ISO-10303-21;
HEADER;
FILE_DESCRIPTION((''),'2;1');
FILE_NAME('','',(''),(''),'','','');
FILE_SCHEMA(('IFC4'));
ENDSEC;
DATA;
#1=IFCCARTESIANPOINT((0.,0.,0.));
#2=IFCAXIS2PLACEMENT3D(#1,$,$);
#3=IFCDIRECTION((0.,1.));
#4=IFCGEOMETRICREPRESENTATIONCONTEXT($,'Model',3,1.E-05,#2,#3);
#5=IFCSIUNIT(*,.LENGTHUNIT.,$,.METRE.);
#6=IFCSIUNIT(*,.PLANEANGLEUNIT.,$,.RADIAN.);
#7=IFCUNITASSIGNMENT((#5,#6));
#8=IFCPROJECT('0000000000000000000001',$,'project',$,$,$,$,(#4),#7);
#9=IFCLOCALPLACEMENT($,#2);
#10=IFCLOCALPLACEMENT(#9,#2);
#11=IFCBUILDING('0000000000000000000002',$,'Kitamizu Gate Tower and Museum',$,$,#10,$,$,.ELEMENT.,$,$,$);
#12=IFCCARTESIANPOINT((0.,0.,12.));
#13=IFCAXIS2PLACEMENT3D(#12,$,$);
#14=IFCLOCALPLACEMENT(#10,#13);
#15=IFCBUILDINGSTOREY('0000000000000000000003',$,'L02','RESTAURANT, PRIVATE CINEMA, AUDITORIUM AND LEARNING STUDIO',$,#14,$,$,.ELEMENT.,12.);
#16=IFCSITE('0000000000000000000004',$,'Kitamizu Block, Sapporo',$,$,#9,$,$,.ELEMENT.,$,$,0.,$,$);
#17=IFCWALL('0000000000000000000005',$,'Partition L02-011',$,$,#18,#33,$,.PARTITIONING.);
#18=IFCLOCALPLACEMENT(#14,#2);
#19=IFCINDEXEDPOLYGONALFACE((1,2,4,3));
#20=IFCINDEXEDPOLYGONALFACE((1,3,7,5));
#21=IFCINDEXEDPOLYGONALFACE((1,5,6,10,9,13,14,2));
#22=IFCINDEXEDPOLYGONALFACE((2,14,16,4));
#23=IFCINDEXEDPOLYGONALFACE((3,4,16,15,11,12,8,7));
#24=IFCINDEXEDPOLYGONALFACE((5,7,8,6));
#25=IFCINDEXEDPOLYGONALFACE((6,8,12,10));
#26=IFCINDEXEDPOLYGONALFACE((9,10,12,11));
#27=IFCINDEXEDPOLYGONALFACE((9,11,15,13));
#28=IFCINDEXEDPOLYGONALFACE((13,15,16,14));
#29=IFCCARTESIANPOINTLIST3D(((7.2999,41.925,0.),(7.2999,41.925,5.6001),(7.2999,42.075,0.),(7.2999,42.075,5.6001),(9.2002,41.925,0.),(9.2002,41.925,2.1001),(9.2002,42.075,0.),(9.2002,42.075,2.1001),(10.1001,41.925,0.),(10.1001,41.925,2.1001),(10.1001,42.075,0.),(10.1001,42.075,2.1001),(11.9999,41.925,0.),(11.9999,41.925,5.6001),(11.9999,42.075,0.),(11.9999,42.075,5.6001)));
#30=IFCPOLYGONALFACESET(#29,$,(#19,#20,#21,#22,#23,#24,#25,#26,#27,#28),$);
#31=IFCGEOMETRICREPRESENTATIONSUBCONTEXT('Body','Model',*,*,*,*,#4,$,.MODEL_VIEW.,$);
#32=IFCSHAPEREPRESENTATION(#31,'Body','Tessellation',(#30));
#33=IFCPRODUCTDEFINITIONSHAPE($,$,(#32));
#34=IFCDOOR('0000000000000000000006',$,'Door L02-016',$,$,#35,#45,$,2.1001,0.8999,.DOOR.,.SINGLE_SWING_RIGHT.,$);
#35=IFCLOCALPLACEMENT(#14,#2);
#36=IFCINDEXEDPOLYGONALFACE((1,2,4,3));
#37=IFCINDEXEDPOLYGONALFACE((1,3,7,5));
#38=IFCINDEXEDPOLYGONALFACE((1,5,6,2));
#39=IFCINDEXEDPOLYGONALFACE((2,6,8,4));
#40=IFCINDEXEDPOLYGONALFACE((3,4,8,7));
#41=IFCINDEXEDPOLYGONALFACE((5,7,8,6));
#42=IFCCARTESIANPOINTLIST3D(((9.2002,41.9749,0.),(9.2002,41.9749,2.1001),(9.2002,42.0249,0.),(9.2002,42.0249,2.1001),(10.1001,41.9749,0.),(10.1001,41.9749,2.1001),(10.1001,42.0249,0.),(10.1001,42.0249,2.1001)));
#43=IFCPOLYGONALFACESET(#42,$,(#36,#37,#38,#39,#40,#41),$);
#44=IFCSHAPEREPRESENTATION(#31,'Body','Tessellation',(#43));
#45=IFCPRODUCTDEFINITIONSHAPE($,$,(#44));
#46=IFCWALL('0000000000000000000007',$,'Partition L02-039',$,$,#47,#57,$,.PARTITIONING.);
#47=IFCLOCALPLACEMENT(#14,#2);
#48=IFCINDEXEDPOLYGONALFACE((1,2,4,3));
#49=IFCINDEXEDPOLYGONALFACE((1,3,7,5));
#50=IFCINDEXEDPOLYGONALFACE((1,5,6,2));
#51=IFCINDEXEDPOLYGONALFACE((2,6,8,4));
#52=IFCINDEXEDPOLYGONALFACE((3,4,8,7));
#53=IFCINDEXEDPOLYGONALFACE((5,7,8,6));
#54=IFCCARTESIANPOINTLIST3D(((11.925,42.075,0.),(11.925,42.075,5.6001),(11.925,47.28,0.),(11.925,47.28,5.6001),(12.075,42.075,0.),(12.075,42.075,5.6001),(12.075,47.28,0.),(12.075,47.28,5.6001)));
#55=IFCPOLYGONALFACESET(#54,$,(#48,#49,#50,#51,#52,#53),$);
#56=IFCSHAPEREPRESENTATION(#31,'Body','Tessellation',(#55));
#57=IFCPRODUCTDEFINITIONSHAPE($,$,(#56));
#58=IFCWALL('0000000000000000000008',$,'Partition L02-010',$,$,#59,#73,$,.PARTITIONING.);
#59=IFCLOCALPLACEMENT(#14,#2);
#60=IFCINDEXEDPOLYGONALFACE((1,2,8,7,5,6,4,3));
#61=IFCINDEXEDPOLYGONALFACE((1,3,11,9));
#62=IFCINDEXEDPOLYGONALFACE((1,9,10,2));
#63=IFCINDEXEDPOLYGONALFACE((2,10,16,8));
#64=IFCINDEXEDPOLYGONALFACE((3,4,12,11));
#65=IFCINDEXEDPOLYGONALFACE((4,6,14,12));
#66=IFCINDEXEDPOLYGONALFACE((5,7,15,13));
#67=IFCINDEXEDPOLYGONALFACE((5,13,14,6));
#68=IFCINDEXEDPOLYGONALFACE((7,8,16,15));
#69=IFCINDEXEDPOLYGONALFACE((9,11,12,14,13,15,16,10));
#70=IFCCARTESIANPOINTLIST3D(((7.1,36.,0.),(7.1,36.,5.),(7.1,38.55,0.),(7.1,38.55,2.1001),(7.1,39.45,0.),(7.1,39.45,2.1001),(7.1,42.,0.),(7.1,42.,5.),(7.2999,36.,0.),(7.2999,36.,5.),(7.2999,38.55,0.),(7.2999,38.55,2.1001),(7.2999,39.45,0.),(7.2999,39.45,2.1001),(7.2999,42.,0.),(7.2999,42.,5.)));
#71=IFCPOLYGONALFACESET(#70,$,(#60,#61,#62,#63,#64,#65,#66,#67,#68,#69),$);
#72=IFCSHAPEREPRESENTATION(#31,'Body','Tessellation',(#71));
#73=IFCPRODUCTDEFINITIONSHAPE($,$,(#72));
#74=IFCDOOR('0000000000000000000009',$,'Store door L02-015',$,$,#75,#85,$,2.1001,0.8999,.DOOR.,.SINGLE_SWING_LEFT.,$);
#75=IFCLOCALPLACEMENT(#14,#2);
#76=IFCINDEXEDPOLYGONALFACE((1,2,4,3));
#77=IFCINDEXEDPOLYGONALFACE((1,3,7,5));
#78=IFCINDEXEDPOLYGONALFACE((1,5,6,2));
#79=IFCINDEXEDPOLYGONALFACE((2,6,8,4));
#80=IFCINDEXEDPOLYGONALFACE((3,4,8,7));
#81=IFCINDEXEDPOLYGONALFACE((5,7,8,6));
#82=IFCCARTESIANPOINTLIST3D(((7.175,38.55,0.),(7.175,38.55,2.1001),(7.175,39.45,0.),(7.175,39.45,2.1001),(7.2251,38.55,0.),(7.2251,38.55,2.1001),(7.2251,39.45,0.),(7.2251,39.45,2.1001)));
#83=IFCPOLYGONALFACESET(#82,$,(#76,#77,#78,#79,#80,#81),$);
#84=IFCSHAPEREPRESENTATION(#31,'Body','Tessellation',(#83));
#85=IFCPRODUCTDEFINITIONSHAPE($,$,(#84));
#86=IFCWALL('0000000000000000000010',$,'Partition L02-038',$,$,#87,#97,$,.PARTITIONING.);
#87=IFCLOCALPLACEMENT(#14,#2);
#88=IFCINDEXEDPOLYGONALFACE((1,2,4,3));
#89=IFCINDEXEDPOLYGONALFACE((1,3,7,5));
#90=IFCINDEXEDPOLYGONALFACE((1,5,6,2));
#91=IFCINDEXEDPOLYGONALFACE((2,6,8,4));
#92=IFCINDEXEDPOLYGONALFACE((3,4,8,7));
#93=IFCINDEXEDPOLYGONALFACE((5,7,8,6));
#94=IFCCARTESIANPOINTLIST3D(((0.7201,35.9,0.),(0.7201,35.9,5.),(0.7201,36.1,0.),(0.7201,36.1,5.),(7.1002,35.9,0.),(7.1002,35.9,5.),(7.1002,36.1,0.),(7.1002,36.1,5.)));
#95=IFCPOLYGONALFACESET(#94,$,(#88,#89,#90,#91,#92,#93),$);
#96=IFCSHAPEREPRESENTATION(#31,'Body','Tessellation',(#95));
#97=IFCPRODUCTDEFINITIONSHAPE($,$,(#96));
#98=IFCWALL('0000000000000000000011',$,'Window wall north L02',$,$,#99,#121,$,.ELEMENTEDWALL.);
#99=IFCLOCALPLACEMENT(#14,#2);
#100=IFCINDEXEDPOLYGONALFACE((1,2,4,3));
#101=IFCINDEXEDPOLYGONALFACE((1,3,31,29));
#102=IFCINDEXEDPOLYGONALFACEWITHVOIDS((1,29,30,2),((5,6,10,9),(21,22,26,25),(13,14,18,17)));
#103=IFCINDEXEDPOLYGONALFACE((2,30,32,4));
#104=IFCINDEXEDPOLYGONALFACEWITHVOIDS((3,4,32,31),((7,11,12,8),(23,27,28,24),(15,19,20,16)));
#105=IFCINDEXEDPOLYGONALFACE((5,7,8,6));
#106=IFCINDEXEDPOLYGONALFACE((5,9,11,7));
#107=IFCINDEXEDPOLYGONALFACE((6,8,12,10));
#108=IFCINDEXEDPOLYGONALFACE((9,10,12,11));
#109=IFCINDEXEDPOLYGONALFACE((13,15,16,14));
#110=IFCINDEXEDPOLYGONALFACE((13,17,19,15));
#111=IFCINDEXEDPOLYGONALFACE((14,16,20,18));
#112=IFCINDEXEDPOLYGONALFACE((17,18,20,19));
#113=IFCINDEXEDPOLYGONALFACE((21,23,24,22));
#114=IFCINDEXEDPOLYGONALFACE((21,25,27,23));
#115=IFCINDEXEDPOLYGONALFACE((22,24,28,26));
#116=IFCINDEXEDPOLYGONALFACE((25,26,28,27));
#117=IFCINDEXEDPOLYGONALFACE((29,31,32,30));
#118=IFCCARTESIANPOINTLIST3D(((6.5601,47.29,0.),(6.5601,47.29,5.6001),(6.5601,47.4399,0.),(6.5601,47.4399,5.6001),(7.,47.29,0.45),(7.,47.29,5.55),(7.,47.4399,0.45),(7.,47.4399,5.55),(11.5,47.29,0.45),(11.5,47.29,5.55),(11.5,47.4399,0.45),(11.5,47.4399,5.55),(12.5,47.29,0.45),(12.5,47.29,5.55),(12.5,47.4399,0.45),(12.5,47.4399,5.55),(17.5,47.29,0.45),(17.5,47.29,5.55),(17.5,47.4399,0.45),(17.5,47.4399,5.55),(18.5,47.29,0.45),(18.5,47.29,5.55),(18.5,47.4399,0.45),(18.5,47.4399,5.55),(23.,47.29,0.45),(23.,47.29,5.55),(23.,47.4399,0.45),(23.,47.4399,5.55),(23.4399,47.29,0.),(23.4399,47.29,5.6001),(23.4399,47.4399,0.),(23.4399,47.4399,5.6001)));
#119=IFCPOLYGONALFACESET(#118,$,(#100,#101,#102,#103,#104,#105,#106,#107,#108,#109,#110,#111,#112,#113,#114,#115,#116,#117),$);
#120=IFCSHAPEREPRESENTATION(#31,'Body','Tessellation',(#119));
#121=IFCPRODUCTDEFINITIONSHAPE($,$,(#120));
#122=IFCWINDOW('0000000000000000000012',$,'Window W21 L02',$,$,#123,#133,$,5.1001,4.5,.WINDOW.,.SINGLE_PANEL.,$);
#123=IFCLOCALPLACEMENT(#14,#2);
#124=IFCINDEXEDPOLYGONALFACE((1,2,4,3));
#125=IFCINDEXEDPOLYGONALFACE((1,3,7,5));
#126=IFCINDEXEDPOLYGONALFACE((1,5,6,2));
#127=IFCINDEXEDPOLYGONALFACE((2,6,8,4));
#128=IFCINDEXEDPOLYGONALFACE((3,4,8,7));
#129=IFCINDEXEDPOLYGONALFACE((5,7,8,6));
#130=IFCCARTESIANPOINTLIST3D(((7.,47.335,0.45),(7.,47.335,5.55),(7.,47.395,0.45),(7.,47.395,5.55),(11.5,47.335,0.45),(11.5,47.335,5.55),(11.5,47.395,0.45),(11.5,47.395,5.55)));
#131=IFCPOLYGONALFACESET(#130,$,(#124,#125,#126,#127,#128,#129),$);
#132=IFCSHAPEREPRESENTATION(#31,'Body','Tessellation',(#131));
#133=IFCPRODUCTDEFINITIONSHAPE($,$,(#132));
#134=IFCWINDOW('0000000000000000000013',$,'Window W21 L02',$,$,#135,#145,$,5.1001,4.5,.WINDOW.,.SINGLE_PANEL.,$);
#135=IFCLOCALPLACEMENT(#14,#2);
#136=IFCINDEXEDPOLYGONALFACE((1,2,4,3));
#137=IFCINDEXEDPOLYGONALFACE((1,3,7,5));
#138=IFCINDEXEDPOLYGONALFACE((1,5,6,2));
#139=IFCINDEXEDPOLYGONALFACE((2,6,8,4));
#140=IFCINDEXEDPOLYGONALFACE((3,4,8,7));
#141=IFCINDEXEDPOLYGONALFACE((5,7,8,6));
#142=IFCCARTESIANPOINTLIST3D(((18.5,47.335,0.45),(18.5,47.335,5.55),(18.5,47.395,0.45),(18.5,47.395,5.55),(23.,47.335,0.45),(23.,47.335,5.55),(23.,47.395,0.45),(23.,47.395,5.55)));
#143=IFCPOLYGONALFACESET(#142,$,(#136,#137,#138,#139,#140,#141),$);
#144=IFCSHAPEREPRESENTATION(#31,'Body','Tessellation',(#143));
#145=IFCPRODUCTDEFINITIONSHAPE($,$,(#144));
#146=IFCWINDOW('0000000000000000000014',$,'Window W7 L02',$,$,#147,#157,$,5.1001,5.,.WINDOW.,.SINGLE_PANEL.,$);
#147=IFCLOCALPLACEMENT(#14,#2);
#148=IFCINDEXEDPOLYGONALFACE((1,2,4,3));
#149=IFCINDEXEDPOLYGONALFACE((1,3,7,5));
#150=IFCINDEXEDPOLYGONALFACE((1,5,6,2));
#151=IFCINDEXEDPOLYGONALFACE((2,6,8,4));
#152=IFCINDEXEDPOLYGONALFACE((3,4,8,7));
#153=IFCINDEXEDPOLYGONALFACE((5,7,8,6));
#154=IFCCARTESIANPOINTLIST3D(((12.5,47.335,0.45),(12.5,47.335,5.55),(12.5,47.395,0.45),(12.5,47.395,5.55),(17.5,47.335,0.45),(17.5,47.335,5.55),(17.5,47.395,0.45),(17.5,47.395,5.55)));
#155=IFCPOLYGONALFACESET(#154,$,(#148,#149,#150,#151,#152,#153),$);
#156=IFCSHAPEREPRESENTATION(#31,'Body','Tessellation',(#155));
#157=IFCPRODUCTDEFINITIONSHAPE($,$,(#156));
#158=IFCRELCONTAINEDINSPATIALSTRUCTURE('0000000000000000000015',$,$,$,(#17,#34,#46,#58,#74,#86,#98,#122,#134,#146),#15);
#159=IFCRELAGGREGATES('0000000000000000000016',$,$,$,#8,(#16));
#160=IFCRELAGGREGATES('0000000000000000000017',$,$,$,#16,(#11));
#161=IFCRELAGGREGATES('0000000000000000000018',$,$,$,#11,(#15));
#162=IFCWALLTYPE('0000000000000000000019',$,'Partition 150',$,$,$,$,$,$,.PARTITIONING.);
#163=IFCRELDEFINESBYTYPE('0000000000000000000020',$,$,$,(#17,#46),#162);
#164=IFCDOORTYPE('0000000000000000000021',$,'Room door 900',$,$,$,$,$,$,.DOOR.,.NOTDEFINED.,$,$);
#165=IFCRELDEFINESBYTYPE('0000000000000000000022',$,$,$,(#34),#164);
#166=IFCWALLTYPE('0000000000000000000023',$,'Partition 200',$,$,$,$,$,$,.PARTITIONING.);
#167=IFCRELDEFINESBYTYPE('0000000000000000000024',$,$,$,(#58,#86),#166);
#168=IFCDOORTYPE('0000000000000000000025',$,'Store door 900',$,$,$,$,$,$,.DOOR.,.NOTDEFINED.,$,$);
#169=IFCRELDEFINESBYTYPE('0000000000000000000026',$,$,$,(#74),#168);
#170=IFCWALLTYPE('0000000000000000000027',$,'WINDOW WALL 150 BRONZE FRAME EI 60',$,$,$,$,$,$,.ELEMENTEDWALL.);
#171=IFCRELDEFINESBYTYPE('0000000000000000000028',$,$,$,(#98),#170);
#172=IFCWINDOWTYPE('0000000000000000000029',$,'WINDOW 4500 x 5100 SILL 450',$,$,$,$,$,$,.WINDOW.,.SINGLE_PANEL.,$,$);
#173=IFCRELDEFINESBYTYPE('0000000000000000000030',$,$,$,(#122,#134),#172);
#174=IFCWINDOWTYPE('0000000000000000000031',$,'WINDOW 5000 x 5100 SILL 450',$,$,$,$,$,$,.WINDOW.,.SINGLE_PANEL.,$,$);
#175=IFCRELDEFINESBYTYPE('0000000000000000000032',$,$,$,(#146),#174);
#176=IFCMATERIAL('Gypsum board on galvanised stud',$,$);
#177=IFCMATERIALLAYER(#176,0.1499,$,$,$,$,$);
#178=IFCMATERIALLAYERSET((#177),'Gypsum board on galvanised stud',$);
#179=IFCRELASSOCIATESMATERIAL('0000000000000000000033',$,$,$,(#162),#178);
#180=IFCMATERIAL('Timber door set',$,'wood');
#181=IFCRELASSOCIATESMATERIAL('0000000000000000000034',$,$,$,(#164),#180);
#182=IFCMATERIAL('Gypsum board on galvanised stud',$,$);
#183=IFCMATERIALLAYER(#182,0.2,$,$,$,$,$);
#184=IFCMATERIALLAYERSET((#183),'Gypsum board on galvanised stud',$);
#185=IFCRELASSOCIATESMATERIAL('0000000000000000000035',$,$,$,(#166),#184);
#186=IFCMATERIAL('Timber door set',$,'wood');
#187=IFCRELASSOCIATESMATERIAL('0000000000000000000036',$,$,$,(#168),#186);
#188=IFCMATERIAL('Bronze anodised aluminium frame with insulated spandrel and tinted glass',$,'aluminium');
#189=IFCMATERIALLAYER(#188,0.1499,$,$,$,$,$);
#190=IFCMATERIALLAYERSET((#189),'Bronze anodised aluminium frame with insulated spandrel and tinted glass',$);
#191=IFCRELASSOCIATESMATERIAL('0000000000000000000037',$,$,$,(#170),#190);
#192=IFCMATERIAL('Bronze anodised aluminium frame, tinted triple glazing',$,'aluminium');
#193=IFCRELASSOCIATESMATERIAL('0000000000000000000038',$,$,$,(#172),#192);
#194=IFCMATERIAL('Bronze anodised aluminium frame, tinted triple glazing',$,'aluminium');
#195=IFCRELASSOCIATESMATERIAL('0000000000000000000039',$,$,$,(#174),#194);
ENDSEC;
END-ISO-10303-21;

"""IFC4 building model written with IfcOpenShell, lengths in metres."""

from ifc_helpers import new_model, si_unit, direction, frame, frame_2d, origin, place, context, subcontext, project, spatial, rectangle, extrude, material, layer, layer_set, type_object, element, fill, save


model = new_model("IFC4")

# Units and contexts
model_context = context("Model", 3, precision=1e-05, world=origin(), true_north=direction((0.0, 1.0)))
body_context = subcontext(model_context, "Body", "Model", "MODEL_VIEW")
ifc_project = project(units=[si_unit("LENGTHUNIT", "METRE"), si_unit("PLANEANGLEUNIT", "RADIAN")], contexts=[model_context])

# Site, building, storey
site_placement = place(None, origin())
site = spatial("IfcSite", under=ifc_project, at=site_placement, Name="Kitamizu Block, Sapporo", CompositionType="ELEMENT", RefElevation=0.0)
building_placement = place(site_placement, origin())
building = spatial("IfcBuilding", under=site, at=building_placement, Name="Kitamizu Gate Tower and Museum", CompositionType="ELEMENT")
storey_placement = place(building_placement, frame((0.0, 0.0, 12.0)))
storey = spatial("IfcBuildingStorey", under=building, at=storey_placement, Name="L02", Description="RESTAURANT, PRIVATE CINEMA, AUDITORIUM AND LEARNING STUDIO", CompositionType="ELEMENT", Elevation=12.0)

# Shared definitions
ifc_material_1 = material(Name="Gypsum board on galvanised stud")
ifc_layer_1 = layer(ifc_material_1, 0.1499)
ifc_layer_set_1 = layer_set([ifc_layer_1], Name="Gypsum board on galvanised stud")
wall_type_1 = type_object("IfcWallType", Name="Partition 150", PredefinedType="PARTITIONING", material=ifc_layer_set_1)

# Wall, opening, door
wall_1_placement = place(storey_placement, frame((12.0, 42.0, 0.0), z_axis=(0.0, 0.0, 1.0), x_axis=(-1.0, 0.0, 0.0)))
wall_1 = element("IfcWall", 1, at=wall_1_placement, inside=storey, type_object=wall_type_1, Name="Partition L02-011", PredefinedType="PARTITIONING", context=body_context, shape_type="SweptSolid", body=[
    extrude(rectangle(XDim=4.7, YDim=0.1499, at=frame_2d((2.3501, 0.0))), origin(), (0.0, 0.0, 1.0), 5.6001),
])
opening_1_placement = place(wall_1_placement, frame((1.8999, 0.0, 0.0)))
opening_1 = element("IfcOpeningElement", 2, at=opening_1_placement, cuts=wall_1, PredefinedType="OPENING", context=body_context, shape_type="SweptSolid", body=[
    extrude(rectangle(XDim=0.8999, YDim=2.1001, at=frame_2d((0.45, 1.05))), frame((0.0, 0.085, 0.0), z_axis=(0.0, -1.0, 0.0), x_axis=(1.0, 0.0, 0.0)), (0.0, 0.0, 1.0), 0.1699),
])
ifc_material_2 = material(Name="Timber door set", Category="wood")
door_type_1 = type_object("IfcDoorType", Name="Room door 900", OperationType="NOTDEFINED", PredefinedType="DOOR", material=ifc_material_2)
door_1_placement = place(opening_1_placement, frame((0.8999, 0.0, 0.0), x_axis=(-1.0, 0.0, 0.0)))
door_1 = element("IfcDoor", 3, at=door_1_placement, inside=storey, type_object=door_type_1, Name="Door L02-016", OperationType="SINGLE_SWING_RIGHT", OverallHeight=2.1001, OverallWidth=0.8999, PredefinedType="DOOR", context=body_context, shape_type="SweptSolid", body=[
    extrude(rectangle(XDim=0.8999, YDim=2.1001, at=frame_2d((0.45, 1.05))), frame((0.0, 0.0249, 0.0), z_axis=(0.0, -1.0, 0.0), x_axis=(1.0, 0.0, 0.0)), (0.0, 0.0, 1.0), 0.05),
])
fill(opening_1, door_1)

# Wall
wall_2_placement = place(storey_placement, frame((12.0, 42.075, 0.0), z_axis=(0.0, 0.0, 1.0), x_axis=(0.0, 1.0, 0.0)))
element("IfcWall", 4, at=wall_2_placement, inside=storey, type_object=wall_type_1, Name="Partition L02-039", PredefinedType="PARTITIONING", context=body_context, shape_type="SweptSolid", body=[
    extrude(rectangle(XDim=5.2051, YDim=0.1499, at=frame_2d((2.6025, 0.0))), origin(), (0.0, 0.0, 1.0), 5.6001),
])

# Wall, opening, door
ifc_material_3 = material(Name="Gypsum board on galvanised stud")
ifc_layer_2 = layer(ifc_material_3, 0.2)
ifc_layer_set_2 = layer_set([ifc_layer_2], Name="Gypsum board on galvanised stud")
wall_type_2 = type_object("IfcWallType", Name="Partition 200", PredefinedType="PARTITIONING", material=ifc_layer_set_2)
wall_3_placement = place(storey_placement, frame((7.2, 42.0, 0.0), z_axis=(0.0, 0.0, 1.0), x_axis=(0.0, -1.0, 0.0)))
wall_3 = element("IfcWall", 5, at=wall_3_placement, inside=storey, type_object=wall_type_2, Name="Partition L02-010", PredefinedType="PARTITIONING", context=body_context, shape_type="SweptSolid", body=[
    extrude(rectangle(XDim=6.0, YDim=0.2, at=frame_2d((3.0, 0.0))), origin(), (0.0, 0.0, 1.0), 5.0),
])
opening_2_placement = place(wall_3_placement, frame((2.55, 0.0, 0.0)))
opening_2 = element("IfcOpeningElement", 6, at=opening_2_placement, cuts=wall_3, PredefinedType="OPENING", context=body_context, shape_type="SweptSolid", body=[
    extrude(rectangle(XDim=0.8999, YDim=2.1001, at=frame_2d((0.45, 1.05))), frame((0.0, 0.1099, 0.0), z_axis=(0.0, -1.0, 0.0), x_axis=(1.0, 0.0, 0.0)), (0.0, 0.0, 1.0), 0.22),
])
ifc_material_4 = material(Name="Timber door set", Category="wood")
door_type_2 = type_object("IfcDoorType", Name="Store door 900", OperationType="NOTDEFINED", PredefinedType="DOOR", material=ifc_material_4)
door_2_placement = place(opening_2_placement, frame((0.8999, 0.0, 0.0), x_axis=(-1.0, 0.0, 0.0)))
door_2 = element("IfcDoor", 7, at=door_2_placement, inside=storey, type_object=door_type_2, Name="Store door L02-015", OperationType="SINGLE_SWING_LEFT", OverallHeight=2.1001, OverallWidth=0.8999, PredefinedType="DOOR", context=body_context, shape_type="SweptSolid", body=[
    extrude(rectangle(XDim=0.8999, YDim=2.1001, at=frame_2d((0.45, 1.05))), frame((0.0, 0.0249, 0.0), z_axis=(0.0, -1.0, 0.0), x_axis=(1.0, 0.0, 0.0)), (0.0, 0.0, 1.0), 0.05),
])
fill(opening_2, door_2)

# Wall
wall_4_placement = place(storey_placement, frame((7.1001, 36.0, 0.0), z_axis=(0.0, 0.0, 1.0), x_axis=(-1.0, 0.0, 0.0)))
element("IfcWall", 8, at=wall_4_placement, inside=storey, type_object=wall_type_2, Name="Partition L02-038", PredefinedType="PARTITIONING", context=body_context, shape_type="SweptSolid", body=[
    extrude(rectangle(XDim=6.3801, YDim=0.2, at=frame_2d((3.1899, 0.0))), origin(), (0.0, 0.0, 1.0), 5.0),
])

# Wall, openings, windows
ifc_material_5 = material(Name="Bronze anodised aluminium frame with insulated spandrel and tinted glass", Category="aluminium")
ifc_layer_3 = layer(ifc_material_5, 0.1499)
ifc_layer_set_3 = layer_set([ifc_layer_3], Name="Bronze anodised aluminium frame with insulated spandrel and tinted glass")
wall_type_3 = type_object("IfcWallType", Name="WINDOW WALL 150 BRONZE FRAME EI 60", PredefinedType="ELEMENTEDWALL", material=ifc_layer_set_3)
wall_5_placement = place(storey_placement, frame((6.5601, 47.365, 0.0), z_axis=(0.0, 0.0, 1.0), x_axis=(1.0, 0.0, 0.0)))
wall_5 = element("IfcWall", 9, at=wall_5_placement, inside=storey, type_object=wall_type_3, Name="Window wall north L02", PredefinedType="ELEMENTEDWALL", context=body_context, shape_type="SweptSolid", body=[
    extrude(rectangle(XDim=16.8799, YDim=0.1499, at=frame_2d((8.4399, 0.0))), origin(), (0.0, 0.0, 1.0), 5.6001),
])
opening_3_placement = place(wall_5_placement, frame((0.4399, 0.0, 0.45)))
opening_3 = element("IfcOpeningElement", 10, at=opening_3_placement, cuts=wall_5, PredefinedType="OPENING", context=body_context, shape_type="SweptSolid", body=[
    extrude(rectangle(XDim=4.5, YDim=5.1001, at=frame_2d((2.25, 2.55))), frame((0.0, 0.085, 0.0), z_axis=(0.0, -1.0, 0.0), x_axis=(1.0, 0.0, 0.0)), (0.0, 0.0, 1.0), 0.1699),
])
opening_4_placement = place(wall_5_placement, frame((5.9399, 0.0, 0.45)))
opening_4 = element("IfcOpeningElement", 11, at=opening_4_placement, cuts=wall_5, PredefinedType="OPENING", context=body_context, shape_type="SweptSolid", body=[
    extrude(rectangle(XDim=5.0, YDim=5.1001, at=frame_2d((2.5, 2.55))), frame((0.0, 0.085, 0.0), z_axis=(0.0, -1.0, 0.0), x_axis=(1.0, 0.0, 0.0)), (0.0, 0.0, 1.0), 0.1699),
])
opening_5_placement = place(wall_5_placement, frame((11.9399, 0.0, 0.45)))
opening_5 = element("IfcOpeningElement", 12, at=opening_5_placement, cuts=wall_5, PredefinedType="OPENING", context=body_context, shape_type="SweptSolid", body=[
    extrude(rectangle(XDim=4.5, YDim=5.1001, at=frame_2d((2.25, 2.55))), frame((0.0, 0.085, 0.0), z_axis=(0.0, -1.0, 0.0), x_axis=(1.0, 0.0, 0.0)), (0.0, 0.0, 1.0), 0.1699),
])
ifc_material_6 = material(Name="Bronze anodised aluminium frame, tinted triple glazing", Category="aluminium")
window_type_1 = type_object("IfcWindowType", Name="WINDOW 4500 x 5100 SILL 450", PartitioningType="SINGLE_PANEL", PredefinedType="WINDOW", material=ifc_material_6)
window_1_placement = place(opening_3_placement, origin())
window_1 = element("IfcWindow", 13, at=window_1_placement, inside=storey, type_object=window_type_1, Name="Window W21 L02", OverallHeight=5.1001, OverallWidth=4.5, PartitioningType="SINGLE_PANEL", PredefinedType="WINDOW", context=body_context, shape_type="SweptSolid", body=[
    extrude(rectangle(XDim=4.5, YDim=5.1001, at=frame_2d((2.25, 2.55))), frame((0.0, 0.03, 0.0), z_axis=(0.0, -1.0, 0.0), x_axis=(1.0, 0.0, 0.0)), (0.0, 0.0, 1.0), 0.0601),
])
fill(opening_3, window_1)
window_2_placement = place(opening_5_placement, origin())
window_2 = element("IfcWindow", 14, at=window_2_placement, inside=storey, type_object=window_type_1, Name="Window W21 L02", OverallHeight=5.1001, OverallWidth=4.5, PartitioningType="SINGLE_PANEL", PredefinedType="WINDOW", context=body_context, shape_type="SweptSolid", body=[
    extrude(rectangle(XDim=4.5, YDim=5.1001, at=frame_2d((2.25, 2.55))), frame((0.0, 0.03, 0.0), z_axis=(0.0, -1.0, 0.0), x_axis=(1.0, 0.0, 0.0)), (0.0, 0.0, 1.0), 0.0601),
])
fill(opening_5, window_2)
ifc_material_7 = material(Name="Bronze anodised aluminium frame, tinted triple glazing", Category="aluminium")
window_type_2 = type_object("IfcWindowType", Name="WINDOW 5000 x 5100 SILL 450", PartitioningType="SINGLE_PANEL", PredefinedType="WINDOW", material=ifc_material_7)
window_3_placement = place(opening_4_placement, origin())
window_3 = element("IfcWindow", 15, at=window_3_placement, inside=storey, type_object=window_type_2, Name="Window W7 L02", OverallHeight=5.1001, OverallWidth=5.0, PartitioningType="SINGLE_PANEL", PredefinedType="WINDOW", context=body_context, shape_type="SweptSolid", body=[
    extrude(rectangle(XDim=5.0, YDim=5.1001, at=frame_2d((2.5, 2.55))), frame((0.0, 0.03, 0.0), z_axis=(0.0, -1.0, 0.0), x_axis=(1.0, 0.0, 0.0)), (0.0, 0.0, 1.0), 0.0601),
])
fill(opening_4, window_3)

save(model, "model.ifc")
